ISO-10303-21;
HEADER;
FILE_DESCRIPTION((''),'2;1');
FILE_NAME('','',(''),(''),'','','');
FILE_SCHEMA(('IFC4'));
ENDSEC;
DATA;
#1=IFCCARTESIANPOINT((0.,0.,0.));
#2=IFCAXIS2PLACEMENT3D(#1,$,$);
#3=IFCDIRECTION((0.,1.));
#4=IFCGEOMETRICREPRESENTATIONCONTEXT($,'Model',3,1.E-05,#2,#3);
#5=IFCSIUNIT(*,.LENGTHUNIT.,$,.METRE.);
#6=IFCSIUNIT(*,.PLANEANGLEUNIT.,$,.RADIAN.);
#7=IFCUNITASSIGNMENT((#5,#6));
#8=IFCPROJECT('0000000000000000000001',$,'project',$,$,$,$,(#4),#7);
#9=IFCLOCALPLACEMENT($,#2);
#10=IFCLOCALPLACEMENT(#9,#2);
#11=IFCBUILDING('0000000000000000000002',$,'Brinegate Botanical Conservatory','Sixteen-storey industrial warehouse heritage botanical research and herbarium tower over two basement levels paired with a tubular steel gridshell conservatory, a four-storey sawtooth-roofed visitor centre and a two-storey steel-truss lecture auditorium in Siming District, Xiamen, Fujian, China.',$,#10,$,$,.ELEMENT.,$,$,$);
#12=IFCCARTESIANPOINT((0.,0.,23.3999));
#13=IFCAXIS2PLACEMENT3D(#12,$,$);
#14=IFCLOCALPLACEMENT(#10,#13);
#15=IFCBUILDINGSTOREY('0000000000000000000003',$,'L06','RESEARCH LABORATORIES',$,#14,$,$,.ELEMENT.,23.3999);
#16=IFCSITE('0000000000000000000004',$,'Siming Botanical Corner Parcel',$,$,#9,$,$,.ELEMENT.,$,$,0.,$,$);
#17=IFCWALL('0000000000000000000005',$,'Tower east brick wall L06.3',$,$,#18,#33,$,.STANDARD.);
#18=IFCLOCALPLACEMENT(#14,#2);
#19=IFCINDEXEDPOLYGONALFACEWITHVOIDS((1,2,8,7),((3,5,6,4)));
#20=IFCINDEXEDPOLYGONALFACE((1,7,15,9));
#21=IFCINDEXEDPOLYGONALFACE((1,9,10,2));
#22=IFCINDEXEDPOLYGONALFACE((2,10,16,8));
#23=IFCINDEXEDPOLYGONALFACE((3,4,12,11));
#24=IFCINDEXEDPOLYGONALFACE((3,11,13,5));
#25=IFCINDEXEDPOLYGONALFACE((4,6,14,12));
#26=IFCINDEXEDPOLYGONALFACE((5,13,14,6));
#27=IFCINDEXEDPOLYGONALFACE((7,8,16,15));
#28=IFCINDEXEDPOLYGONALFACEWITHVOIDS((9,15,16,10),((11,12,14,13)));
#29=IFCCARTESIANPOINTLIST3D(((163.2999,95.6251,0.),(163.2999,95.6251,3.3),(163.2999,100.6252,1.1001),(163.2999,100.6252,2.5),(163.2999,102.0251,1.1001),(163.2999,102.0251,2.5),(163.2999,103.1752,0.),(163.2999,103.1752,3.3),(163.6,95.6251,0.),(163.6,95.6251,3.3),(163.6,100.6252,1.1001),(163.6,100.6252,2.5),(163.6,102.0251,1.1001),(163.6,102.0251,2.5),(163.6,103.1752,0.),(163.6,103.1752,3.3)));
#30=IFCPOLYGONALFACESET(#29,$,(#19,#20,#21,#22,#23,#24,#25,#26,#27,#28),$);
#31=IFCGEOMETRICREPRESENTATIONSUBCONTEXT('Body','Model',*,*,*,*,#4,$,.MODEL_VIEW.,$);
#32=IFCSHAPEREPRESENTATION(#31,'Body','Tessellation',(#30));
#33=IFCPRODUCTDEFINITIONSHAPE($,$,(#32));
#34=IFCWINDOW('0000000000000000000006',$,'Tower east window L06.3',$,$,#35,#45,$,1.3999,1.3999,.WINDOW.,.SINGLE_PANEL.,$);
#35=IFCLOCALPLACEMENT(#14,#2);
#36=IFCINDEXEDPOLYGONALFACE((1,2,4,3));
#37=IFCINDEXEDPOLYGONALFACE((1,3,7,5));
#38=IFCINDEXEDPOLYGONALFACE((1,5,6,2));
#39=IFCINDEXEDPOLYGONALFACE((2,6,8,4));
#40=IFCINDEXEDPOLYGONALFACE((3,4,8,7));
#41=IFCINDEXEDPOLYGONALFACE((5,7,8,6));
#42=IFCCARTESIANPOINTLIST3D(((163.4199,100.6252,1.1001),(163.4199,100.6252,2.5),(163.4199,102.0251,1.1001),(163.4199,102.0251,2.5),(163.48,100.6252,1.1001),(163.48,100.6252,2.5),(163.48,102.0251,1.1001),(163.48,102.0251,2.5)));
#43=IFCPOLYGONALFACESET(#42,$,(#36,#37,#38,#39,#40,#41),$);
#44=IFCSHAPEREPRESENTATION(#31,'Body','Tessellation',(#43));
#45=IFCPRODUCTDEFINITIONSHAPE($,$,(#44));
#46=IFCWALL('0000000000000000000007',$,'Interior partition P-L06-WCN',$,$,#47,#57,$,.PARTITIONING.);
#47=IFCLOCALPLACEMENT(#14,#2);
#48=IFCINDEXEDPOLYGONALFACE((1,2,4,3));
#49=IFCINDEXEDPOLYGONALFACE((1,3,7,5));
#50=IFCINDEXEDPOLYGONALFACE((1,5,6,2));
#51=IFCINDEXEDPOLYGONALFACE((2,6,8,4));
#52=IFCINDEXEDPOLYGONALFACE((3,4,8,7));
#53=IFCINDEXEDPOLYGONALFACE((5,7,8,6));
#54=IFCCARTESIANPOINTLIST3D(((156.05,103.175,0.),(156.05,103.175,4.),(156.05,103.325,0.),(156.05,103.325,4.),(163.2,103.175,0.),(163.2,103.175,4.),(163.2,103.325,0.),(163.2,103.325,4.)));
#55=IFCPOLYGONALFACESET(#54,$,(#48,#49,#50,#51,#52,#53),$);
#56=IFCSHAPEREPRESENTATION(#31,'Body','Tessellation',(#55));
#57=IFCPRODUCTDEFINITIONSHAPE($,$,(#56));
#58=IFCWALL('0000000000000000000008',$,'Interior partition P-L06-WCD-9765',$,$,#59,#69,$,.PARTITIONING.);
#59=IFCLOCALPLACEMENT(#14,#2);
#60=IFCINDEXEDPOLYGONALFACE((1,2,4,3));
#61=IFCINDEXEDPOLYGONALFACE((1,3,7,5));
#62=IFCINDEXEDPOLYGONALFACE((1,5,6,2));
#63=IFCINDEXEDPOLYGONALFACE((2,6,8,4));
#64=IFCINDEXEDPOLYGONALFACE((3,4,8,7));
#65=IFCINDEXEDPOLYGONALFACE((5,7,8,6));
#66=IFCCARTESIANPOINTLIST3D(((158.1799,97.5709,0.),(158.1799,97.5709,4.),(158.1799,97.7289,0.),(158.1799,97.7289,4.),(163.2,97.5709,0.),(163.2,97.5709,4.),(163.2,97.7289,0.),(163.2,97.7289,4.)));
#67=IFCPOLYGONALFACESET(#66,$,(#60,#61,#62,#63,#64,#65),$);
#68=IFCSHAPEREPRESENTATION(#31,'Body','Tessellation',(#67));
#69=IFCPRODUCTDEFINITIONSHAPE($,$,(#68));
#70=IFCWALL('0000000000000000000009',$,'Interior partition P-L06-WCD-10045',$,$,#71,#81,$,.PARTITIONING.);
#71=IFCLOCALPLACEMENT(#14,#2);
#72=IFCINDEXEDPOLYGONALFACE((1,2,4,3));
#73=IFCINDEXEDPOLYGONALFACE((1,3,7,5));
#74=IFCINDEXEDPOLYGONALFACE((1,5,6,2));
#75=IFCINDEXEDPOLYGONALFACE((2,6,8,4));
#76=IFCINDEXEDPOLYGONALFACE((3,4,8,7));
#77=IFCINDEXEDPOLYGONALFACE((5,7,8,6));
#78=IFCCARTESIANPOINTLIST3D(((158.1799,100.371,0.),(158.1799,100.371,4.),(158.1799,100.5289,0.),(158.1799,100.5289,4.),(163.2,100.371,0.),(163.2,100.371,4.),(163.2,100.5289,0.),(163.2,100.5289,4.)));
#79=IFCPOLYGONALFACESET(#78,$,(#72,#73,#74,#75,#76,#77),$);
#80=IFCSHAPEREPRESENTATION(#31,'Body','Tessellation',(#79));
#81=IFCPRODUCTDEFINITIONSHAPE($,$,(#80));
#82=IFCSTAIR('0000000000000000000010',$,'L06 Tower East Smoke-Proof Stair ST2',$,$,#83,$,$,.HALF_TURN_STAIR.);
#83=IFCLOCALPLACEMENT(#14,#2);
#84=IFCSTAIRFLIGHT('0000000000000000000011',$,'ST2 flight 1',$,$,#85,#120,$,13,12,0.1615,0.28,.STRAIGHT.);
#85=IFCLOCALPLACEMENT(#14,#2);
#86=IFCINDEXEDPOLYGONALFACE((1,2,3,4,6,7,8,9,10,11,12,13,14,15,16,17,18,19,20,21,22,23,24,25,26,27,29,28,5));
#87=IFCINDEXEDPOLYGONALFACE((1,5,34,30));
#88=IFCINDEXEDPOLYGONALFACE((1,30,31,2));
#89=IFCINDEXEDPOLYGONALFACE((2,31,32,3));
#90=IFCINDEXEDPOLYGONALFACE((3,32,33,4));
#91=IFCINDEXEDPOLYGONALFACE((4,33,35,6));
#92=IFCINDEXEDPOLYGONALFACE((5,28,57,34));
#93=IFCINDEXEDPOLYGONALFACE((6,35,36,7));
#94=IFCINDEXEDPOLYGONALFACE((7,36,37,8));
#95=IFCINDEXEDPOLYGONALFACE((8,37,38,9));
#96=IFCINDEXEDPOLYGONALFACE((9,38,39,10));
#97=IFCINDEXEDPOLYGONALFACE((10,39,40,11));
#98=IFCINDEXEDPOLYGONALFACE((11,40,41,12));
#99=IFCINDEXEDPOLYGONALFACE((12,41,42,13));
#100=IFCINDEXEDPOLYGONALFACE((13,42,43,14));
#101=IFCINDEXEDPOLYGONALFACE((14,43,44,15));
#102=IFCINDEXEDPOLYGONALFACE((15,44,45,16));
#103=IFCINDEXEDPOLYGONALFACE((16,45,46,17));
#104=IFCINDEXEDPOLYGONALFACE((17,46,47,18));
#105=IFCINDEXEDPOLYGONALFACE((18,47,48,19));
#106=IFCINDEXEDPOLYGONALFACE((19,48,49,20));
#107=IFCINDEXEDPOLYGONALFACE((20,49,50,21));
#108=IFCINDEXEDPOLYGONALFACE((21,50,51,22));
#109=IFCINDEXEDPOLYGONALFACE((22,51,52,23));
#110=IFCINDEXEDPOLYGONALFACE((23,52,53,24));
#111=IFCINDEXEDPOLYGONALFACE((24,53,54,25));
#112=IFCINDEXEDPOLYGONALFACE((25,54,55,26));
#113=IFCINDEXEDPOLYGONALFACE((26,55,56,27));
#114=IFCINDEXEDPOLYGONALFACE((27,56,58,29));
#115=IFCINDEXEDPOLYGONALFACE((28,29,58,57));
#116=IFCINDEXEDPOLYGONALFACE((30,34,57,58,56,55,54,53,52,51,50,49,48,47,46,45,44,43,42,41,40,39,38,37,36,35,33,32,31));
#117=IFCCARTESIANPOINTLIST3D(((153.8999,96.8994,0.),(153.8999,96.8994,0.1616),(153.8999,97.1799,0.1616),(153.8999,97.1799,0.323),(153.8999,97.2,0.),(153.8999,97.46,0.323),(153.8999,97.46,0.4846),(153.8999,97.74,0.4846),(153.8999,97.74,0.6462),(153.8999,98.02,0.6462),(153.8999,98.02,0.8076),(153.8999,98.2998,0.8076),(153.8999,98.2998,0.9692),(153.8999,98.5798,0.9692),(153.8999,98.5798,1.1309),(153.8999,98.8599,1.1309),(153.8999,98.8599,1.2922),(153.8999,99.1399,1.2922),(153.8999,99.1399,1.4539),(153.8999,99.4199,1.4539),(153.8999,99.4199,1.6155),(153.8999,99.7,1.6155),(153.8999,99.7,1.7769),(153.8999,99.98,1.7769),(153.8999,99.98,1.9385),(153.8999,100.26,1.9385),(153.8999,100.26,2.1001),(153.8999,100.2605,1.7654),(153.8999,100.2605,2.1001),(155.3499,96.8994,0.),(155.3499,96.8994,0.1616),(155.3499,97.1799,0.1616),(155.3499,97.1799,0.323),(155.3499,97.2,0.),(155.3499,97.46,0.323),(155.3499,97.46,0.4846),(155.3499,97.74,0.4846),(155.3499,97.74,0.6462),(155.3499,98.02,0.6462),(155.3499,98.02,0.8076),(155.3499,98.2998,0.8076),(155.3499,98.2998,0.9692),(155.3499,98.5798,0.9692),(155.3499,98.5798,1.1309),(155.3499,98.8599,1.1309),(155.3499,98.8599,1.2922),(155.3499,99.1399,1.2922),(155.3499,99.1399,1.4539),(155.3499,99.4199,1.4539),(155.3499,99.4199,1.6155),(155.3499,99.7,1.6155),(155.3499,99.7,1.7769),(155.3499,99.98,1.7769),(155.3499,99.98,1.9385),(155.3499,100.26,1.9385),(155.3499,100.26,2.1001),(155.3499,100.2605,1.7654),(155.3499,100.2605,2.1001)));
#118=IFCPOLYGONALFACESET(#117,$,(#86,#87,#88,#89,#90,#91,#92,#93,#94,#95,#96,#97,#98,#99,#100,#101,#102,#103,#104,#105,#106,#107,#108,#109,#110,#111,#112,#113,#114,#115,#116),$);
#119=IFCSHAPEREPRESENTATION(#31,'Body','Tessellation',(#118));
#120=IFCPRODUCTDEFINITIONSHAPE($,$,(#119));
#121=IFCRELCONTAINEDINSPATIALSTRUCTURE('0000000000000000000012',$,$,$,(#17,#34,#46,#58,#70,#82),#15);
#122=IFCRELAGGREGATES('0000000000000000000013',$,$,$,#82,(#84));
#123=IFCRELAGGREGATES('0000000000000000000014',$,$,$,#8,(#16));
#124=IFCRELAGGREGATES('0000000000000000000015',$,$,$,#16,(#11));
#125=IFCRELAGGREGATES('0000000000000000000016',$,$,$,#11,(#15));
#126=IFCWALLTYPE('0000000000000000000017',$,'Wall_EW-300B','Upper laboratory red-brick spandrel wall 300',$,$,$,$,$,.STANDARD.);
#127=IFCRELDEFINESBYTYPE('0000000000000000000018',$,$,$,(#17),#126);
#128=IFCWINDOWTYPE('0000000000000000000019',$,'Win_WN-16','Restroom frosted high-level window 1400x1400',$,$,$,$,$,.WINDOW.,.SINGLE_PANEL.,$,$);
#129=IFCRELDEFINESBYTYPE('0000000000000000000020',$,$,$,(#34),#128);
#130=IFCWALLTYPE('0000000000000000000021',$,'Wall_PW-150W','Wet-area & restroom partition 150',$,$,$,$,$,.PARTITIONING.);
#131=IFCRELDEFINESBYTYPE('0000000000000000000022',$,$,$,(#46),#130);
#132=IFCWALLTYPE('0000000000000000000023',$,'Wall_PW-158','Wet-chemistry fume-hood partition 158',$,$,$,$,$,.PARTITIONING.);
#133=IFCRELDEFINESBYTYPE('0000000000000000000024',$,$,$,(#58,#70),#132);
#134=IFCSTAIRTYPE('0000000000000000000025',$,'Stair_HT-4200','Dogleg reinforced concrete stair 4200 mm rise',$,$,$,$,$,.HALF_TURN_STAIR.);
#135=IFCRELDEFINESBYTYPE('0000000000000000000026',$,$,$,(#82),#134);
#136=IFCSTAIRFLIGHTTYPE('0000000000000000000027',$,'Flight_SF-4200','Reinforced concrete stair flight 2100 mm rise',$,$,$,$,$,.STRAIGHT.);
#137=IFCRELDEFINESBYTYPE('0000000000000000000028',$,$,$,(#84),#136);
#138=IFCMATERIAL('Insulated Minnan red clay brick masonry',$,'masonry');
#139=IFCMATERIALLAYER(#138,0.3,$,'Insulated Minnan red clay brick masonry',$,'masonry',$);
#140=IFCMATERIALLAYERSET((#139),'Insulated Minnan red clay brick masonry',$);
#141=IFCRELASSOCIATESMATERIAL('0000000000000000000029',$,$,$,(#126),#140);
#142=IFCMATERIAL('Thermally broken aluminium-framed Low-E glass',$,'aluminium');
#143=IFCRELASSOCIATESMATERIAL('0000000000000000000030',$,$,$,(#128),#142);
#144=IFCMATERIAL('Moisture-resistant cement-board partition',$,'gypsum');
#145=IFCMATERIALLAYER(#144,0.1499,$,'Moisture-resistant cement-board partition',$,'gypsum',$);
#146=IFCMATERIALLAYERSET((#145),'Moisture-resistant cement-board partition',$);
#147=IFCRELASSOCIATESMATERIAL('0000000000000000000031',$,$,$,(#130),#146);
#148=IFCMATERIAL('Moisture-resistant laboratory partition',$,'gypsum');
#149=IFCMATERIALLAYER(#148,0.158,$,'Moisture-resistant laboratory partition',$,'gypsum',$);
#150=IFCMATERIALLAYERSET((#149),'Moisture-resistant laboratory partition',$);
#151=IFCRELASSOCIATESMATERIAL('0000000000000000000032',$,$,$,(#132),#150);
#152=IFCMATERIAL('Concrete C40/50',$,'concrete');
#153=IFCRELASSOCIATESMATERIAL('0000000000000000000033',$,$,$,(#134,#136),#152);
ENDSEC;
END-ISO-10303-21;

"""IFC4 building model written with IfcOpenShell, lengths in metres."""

from ifc_helpers import new_model, si_unit, direction, frame, frame_2d, origin, place, context, subcontext, project, spatial, polyline, rectangle, outline, extrude, material, layer, layer_set, type_object, element, fill, aggregate, save


model = new_model("IFC4")

# Units and contexts
model_context = context("Model", 3, precision=1e-05, world=origin(), true_north=direction((0.0, 1.0)))
body_context = subcontext(model_context, "Body", "Model", "MODEL_VIEW")
ifc_project = project(units=[si_unit("LENGTHUNIT", "METRE"), si_unit("PLANEANGLEUNIT", "RADIAN")], contexts=[model_context])

# Site, building, storey
site_placement = place(None, origin())
site = spatial("IfcSite", under=ifc_project, at=site_placement, Name="Siming Botanical Corner Parcel", CompositionType="ELEMENT", RefElevation=0.0)
building_placement = place(site_placement, origin())
building = spatial("IfcBuilding", under=site, at=building_placement, Name="Brinegate Botanical Conservatory", Description="Sixteen-storey industrial warehouse heritage botanical research and herbarium tower over two basement levels paired with a tubular steel gridshell conservatory, a four-storey sawtooth-roofed visitor centre and a two-storey steel-truss lecture auditorium in Siming District, Xiamen, Fujian, China.", CompositionType="ELEMENT")
storey_placement = place(building_placement, frame((0.0, 0.0, 23.3999)))
storey = spatial("IfcBuildingStorey", under=building, at=storey_placement, Name="L06", Description="RESEARCH LABORATORIES", CompositionType="ELEMENT", Elevation=23.3999)

# Shared definitions
ifc_material_1 = material(Name="Concrete C40/50", Category="concrete")

# Shared definitions
ifc_material_2 = material(Name="Insulated Minnan red clay brick masonry", Category="masonry")
ifc_layer_1 = layer(ifc_material_2, 0.3, Name="Insulated Minnan red clay brick masonry", Category="masonry")
ifc_layer_set_1 = layer_set([ifc_layer_1], Name="Insulated Minnan red clay brick masonry")
wall_type_1 = type_object("IfcWallType", Name="Wall_EW-300B", Description="Upper laboratory red-brick spandrel wall 300", PredefinedType="STANDARD", material=ifc_layer_set_1)
ifc_material_3 = material(Name="Thermally broken aluminium-framed Low-E glass", Category="aluminium")

# Wall, opening, window
wall_1_placement = place(storey_placement, frame((163.45, 103.175, 0.0), z_axis=(0.0, 0.0, 1.0), x_axis=(0.0, -1.0, 0.0)))
wall_1 = element("IfcWall", 1, at=wall_1_placement, inside=storey, type_object=wall_type_1, Name="Tower east brick wall L06.3", PredefinedType="STANDARD", context=body_context, shape_type="SweptSolid", body=[
    extrude(rectangle(XDim=7.55, YDim=0.3, at=frame_2d((3.7749, 0.0))), origin(), (0.0, 0.0, 1.0), 3.3),
])
opening_1_placement = place(wall_1_placement, frame((1.1499, 0.0, 1.1001)))
opening_1 = element("IfcOpeningElement", 2, at=opening_1_placement, cuts=wall_1, PredefinedType="OPENING", context=body_context, shape_type="SweptSolid", body=[
    extrude(rectangle(XDim=1.3999, YDim=1.3999, at=frame_2d((0.7, 0.7))), frame((0.0, 0.1599, 0.0), z_axis=(0.0, -1.0, 0.0), x_axis=(1.0, 0.0, 0.0)), (0.0, 0.0, 1.0), 0.3201),
])
window_type_1 = type_object("IfcWindowType", Name="Win_WN-16", Description="Restroom frosted high-level window 1400x1400", PartitioningType="SINGLE_PANEL", PredefinedType="WINDOW", material=ifc_material_3)
window_1_placement = place(opening_1_placement, origin())
window_1 = element("IfcWindow", 3, at=window_1_placement, inside=storey, type_object=window_type_1, Name="Tower east window L06.3", OverallHeight=1.3999, OverallWidth=1.3999, PartitioningType="SINGLE_PANEL", PredefinedType="WINDOW", context=body_context, shape_type="SweptSolid", body=[
    extrude(rectangle(XDim=1.3999, YDim=1.3999, at=frame_2d((0.7, 0.7))), frame((0.0, 0.03, 0.0), z_axis=(0.0, -1.0, 0.0), x_axis=(1.0, 0.0, 0.0)), (0.0, 0.0, 1.0), 0.0601),
])
fill(opening_1, window_1)

# Walls
ifc_material_4 = material(Name="Moisture-resistant cement-board partition", Category="gypsum")
ifc_layer_2 = layer(ifc_material_4, 0.1499, Name="Moisture-resistant cement-board partition", Category="gypsum")
ifc_layer_set_2 = layer_set([ifc_layer_2], Name="Moisture-resistant cement-board partition")
wall_type_2 = type_object("IfcWallType", Name="Wall_PW-150W", Description="Wet-area & restroom partition 150", PredefinedType="PARTITIONING", material=ifc_layer_set_2)
wall_2_placement = place(storey_placement, frame((156.05, 103.25, 0.0), z_axis=(0.0, 0.0, 1.0), x_axis=(1.0, 0.0, 0.0)))
element("IfcWall", 4, at=wall_2_placement, inside=storey, type_object=wall_type_2, Name="Interior partition P-L06-WCN", PredefinedType="PARTITIONING", context=body_context, shape_type="SweptSolid", body=[
    extrude(rectangle(XDim=7.1499, YDim=0.1499, at=frame_2d((3.575, 0.0))), origin(), (0.0, 0.0, 1.0), 4.0),
])
ifc_material_5 = material(Name="Moisture-resistant laboratory partition", Category="gypsum")
ifc_layer_3 = layer(ifc_material_5, 0.158, Name="Moisture-resistant laboratory partition", Category="gypsum")
ifc_layer_set_3 = layer_set([ifc_layer_3], Name="Moisture-resistant laboratory partition")
wall_type_3 = type_object("IfcWallType", Name="Wall_PW-158", Description="Wet-chemistry fume-hood partition 158", PredefinedType="PARTITIONING", material=ifc_layer_set_3)
for number, where, z_axis, x_axis, name in (
    (5, (158.1799, 97.6499, 0.0), (0.0, 0.0, 1.0), (1.0, 0.0, 0.0), "Interior partition P-L06-WCD-9765"),
    (6, (158.1799, 100.45, 0.0), (0.0, 0.0, 1.0), (1.0, 0.0, 0.0), "Interior partition P-L06-WCD-10045"),
):
    element("IfcWall", number, at=place(storey_placement, frame(where, z_axis=z_axis, x_axis=x_axis)), inside=storey, type_object=wall_type_3, Name=name, PredefinedType="PARTITIONING", context=body_context, shape_type="SweptSolid", body=[
        extrude(rectangle(XDim=5.02, YDim=0.158, at=frame_2d((2.51, 0.0))), origin(), (0.0, 0.0, 1.0), 4.0),
    ])

# Stair, stair flight
stair_type = type_object("IfcStairType", Name="Stair_HT-4200", Description="Dogleg reinforced concrete stair 4200 mm rise", PredefinedType="HALF_TURN_STAIR", material=ifc_material_1)
stair_placement = place(storey_placement, origin())
stair = element("IfcStair", 7, at=stair_placement, inside=storey, type_object=stair_type, Name="L06 Tower East Smoke-Proof Stair ST2", PredefinedType="HALF_TURN_STAIR")
stair_flight_type = type_object("IfcStairFlightType", Name="Flight_SF-4200", Description="Reinforced concrete stair flight 2100 mm rise", PredefinedType="STRAIGHT", material=ifc_material_1)
stair_flight_placement = place(storey_placement, frame((154.625, 96.8999, 0.0), z_axis=(0.0, 0.0, 1.0), x_axis=(0.0, 1.0, 0.0)))
stair_flight = element("IfcStairFlight", 8, at=stair_flight_placement, type_object=stair_flight_type, Name="ST2 flight 1", NumberOfRisers=13, NumberOfTreads=12, PredefinedType="STRAIGHT", RiserHeight=0.1615, TreadLength=0.28, context=body_context, shape_type="SweptSolid", body=[
    extrude(outline(polyline([(-0.0005, 0.0), (-0.0005, 0.1616), (0.28, 0.1616), (0.28, 0.323), (0.5601, 0.323), (0.5601, 0.4846), (0.8401, 0.4846), (0.8401, 0.6462), (1.1201, 0.6462), (1.1201, 0.8076), (1.3999, 0.8076), (1.3999, 0.9692), (1.6799, 0.9692), (1.6799, 1.1309), (1.96, 1.1309), (1.96, 1.2922), (2.24, 1.2922), (2.24, 1.4539), (2.52, 1.4539), (2.52, 1.6155), (2.8, 1.6155), (2.8, 1.7769), (3.0801, 1.7769), (3.0801, 1.9385), (3.3601, 1.9385), (3.3601, 2.1001), (3.3606, 2.1001), (3.3606, 1.7654), (0.3, 0.0), (-0.0005, 0.0)])), frame((0.0, 0.7251, 0.0), z_axis=(0.0, -1.0, 0.0), x_axis=(1.0, 0.0, 0.0)), (0.0, 0.0, 1.0), 1.45),
])
aggregate(stair, [stair_flight])

save(model, "model.ifc")
